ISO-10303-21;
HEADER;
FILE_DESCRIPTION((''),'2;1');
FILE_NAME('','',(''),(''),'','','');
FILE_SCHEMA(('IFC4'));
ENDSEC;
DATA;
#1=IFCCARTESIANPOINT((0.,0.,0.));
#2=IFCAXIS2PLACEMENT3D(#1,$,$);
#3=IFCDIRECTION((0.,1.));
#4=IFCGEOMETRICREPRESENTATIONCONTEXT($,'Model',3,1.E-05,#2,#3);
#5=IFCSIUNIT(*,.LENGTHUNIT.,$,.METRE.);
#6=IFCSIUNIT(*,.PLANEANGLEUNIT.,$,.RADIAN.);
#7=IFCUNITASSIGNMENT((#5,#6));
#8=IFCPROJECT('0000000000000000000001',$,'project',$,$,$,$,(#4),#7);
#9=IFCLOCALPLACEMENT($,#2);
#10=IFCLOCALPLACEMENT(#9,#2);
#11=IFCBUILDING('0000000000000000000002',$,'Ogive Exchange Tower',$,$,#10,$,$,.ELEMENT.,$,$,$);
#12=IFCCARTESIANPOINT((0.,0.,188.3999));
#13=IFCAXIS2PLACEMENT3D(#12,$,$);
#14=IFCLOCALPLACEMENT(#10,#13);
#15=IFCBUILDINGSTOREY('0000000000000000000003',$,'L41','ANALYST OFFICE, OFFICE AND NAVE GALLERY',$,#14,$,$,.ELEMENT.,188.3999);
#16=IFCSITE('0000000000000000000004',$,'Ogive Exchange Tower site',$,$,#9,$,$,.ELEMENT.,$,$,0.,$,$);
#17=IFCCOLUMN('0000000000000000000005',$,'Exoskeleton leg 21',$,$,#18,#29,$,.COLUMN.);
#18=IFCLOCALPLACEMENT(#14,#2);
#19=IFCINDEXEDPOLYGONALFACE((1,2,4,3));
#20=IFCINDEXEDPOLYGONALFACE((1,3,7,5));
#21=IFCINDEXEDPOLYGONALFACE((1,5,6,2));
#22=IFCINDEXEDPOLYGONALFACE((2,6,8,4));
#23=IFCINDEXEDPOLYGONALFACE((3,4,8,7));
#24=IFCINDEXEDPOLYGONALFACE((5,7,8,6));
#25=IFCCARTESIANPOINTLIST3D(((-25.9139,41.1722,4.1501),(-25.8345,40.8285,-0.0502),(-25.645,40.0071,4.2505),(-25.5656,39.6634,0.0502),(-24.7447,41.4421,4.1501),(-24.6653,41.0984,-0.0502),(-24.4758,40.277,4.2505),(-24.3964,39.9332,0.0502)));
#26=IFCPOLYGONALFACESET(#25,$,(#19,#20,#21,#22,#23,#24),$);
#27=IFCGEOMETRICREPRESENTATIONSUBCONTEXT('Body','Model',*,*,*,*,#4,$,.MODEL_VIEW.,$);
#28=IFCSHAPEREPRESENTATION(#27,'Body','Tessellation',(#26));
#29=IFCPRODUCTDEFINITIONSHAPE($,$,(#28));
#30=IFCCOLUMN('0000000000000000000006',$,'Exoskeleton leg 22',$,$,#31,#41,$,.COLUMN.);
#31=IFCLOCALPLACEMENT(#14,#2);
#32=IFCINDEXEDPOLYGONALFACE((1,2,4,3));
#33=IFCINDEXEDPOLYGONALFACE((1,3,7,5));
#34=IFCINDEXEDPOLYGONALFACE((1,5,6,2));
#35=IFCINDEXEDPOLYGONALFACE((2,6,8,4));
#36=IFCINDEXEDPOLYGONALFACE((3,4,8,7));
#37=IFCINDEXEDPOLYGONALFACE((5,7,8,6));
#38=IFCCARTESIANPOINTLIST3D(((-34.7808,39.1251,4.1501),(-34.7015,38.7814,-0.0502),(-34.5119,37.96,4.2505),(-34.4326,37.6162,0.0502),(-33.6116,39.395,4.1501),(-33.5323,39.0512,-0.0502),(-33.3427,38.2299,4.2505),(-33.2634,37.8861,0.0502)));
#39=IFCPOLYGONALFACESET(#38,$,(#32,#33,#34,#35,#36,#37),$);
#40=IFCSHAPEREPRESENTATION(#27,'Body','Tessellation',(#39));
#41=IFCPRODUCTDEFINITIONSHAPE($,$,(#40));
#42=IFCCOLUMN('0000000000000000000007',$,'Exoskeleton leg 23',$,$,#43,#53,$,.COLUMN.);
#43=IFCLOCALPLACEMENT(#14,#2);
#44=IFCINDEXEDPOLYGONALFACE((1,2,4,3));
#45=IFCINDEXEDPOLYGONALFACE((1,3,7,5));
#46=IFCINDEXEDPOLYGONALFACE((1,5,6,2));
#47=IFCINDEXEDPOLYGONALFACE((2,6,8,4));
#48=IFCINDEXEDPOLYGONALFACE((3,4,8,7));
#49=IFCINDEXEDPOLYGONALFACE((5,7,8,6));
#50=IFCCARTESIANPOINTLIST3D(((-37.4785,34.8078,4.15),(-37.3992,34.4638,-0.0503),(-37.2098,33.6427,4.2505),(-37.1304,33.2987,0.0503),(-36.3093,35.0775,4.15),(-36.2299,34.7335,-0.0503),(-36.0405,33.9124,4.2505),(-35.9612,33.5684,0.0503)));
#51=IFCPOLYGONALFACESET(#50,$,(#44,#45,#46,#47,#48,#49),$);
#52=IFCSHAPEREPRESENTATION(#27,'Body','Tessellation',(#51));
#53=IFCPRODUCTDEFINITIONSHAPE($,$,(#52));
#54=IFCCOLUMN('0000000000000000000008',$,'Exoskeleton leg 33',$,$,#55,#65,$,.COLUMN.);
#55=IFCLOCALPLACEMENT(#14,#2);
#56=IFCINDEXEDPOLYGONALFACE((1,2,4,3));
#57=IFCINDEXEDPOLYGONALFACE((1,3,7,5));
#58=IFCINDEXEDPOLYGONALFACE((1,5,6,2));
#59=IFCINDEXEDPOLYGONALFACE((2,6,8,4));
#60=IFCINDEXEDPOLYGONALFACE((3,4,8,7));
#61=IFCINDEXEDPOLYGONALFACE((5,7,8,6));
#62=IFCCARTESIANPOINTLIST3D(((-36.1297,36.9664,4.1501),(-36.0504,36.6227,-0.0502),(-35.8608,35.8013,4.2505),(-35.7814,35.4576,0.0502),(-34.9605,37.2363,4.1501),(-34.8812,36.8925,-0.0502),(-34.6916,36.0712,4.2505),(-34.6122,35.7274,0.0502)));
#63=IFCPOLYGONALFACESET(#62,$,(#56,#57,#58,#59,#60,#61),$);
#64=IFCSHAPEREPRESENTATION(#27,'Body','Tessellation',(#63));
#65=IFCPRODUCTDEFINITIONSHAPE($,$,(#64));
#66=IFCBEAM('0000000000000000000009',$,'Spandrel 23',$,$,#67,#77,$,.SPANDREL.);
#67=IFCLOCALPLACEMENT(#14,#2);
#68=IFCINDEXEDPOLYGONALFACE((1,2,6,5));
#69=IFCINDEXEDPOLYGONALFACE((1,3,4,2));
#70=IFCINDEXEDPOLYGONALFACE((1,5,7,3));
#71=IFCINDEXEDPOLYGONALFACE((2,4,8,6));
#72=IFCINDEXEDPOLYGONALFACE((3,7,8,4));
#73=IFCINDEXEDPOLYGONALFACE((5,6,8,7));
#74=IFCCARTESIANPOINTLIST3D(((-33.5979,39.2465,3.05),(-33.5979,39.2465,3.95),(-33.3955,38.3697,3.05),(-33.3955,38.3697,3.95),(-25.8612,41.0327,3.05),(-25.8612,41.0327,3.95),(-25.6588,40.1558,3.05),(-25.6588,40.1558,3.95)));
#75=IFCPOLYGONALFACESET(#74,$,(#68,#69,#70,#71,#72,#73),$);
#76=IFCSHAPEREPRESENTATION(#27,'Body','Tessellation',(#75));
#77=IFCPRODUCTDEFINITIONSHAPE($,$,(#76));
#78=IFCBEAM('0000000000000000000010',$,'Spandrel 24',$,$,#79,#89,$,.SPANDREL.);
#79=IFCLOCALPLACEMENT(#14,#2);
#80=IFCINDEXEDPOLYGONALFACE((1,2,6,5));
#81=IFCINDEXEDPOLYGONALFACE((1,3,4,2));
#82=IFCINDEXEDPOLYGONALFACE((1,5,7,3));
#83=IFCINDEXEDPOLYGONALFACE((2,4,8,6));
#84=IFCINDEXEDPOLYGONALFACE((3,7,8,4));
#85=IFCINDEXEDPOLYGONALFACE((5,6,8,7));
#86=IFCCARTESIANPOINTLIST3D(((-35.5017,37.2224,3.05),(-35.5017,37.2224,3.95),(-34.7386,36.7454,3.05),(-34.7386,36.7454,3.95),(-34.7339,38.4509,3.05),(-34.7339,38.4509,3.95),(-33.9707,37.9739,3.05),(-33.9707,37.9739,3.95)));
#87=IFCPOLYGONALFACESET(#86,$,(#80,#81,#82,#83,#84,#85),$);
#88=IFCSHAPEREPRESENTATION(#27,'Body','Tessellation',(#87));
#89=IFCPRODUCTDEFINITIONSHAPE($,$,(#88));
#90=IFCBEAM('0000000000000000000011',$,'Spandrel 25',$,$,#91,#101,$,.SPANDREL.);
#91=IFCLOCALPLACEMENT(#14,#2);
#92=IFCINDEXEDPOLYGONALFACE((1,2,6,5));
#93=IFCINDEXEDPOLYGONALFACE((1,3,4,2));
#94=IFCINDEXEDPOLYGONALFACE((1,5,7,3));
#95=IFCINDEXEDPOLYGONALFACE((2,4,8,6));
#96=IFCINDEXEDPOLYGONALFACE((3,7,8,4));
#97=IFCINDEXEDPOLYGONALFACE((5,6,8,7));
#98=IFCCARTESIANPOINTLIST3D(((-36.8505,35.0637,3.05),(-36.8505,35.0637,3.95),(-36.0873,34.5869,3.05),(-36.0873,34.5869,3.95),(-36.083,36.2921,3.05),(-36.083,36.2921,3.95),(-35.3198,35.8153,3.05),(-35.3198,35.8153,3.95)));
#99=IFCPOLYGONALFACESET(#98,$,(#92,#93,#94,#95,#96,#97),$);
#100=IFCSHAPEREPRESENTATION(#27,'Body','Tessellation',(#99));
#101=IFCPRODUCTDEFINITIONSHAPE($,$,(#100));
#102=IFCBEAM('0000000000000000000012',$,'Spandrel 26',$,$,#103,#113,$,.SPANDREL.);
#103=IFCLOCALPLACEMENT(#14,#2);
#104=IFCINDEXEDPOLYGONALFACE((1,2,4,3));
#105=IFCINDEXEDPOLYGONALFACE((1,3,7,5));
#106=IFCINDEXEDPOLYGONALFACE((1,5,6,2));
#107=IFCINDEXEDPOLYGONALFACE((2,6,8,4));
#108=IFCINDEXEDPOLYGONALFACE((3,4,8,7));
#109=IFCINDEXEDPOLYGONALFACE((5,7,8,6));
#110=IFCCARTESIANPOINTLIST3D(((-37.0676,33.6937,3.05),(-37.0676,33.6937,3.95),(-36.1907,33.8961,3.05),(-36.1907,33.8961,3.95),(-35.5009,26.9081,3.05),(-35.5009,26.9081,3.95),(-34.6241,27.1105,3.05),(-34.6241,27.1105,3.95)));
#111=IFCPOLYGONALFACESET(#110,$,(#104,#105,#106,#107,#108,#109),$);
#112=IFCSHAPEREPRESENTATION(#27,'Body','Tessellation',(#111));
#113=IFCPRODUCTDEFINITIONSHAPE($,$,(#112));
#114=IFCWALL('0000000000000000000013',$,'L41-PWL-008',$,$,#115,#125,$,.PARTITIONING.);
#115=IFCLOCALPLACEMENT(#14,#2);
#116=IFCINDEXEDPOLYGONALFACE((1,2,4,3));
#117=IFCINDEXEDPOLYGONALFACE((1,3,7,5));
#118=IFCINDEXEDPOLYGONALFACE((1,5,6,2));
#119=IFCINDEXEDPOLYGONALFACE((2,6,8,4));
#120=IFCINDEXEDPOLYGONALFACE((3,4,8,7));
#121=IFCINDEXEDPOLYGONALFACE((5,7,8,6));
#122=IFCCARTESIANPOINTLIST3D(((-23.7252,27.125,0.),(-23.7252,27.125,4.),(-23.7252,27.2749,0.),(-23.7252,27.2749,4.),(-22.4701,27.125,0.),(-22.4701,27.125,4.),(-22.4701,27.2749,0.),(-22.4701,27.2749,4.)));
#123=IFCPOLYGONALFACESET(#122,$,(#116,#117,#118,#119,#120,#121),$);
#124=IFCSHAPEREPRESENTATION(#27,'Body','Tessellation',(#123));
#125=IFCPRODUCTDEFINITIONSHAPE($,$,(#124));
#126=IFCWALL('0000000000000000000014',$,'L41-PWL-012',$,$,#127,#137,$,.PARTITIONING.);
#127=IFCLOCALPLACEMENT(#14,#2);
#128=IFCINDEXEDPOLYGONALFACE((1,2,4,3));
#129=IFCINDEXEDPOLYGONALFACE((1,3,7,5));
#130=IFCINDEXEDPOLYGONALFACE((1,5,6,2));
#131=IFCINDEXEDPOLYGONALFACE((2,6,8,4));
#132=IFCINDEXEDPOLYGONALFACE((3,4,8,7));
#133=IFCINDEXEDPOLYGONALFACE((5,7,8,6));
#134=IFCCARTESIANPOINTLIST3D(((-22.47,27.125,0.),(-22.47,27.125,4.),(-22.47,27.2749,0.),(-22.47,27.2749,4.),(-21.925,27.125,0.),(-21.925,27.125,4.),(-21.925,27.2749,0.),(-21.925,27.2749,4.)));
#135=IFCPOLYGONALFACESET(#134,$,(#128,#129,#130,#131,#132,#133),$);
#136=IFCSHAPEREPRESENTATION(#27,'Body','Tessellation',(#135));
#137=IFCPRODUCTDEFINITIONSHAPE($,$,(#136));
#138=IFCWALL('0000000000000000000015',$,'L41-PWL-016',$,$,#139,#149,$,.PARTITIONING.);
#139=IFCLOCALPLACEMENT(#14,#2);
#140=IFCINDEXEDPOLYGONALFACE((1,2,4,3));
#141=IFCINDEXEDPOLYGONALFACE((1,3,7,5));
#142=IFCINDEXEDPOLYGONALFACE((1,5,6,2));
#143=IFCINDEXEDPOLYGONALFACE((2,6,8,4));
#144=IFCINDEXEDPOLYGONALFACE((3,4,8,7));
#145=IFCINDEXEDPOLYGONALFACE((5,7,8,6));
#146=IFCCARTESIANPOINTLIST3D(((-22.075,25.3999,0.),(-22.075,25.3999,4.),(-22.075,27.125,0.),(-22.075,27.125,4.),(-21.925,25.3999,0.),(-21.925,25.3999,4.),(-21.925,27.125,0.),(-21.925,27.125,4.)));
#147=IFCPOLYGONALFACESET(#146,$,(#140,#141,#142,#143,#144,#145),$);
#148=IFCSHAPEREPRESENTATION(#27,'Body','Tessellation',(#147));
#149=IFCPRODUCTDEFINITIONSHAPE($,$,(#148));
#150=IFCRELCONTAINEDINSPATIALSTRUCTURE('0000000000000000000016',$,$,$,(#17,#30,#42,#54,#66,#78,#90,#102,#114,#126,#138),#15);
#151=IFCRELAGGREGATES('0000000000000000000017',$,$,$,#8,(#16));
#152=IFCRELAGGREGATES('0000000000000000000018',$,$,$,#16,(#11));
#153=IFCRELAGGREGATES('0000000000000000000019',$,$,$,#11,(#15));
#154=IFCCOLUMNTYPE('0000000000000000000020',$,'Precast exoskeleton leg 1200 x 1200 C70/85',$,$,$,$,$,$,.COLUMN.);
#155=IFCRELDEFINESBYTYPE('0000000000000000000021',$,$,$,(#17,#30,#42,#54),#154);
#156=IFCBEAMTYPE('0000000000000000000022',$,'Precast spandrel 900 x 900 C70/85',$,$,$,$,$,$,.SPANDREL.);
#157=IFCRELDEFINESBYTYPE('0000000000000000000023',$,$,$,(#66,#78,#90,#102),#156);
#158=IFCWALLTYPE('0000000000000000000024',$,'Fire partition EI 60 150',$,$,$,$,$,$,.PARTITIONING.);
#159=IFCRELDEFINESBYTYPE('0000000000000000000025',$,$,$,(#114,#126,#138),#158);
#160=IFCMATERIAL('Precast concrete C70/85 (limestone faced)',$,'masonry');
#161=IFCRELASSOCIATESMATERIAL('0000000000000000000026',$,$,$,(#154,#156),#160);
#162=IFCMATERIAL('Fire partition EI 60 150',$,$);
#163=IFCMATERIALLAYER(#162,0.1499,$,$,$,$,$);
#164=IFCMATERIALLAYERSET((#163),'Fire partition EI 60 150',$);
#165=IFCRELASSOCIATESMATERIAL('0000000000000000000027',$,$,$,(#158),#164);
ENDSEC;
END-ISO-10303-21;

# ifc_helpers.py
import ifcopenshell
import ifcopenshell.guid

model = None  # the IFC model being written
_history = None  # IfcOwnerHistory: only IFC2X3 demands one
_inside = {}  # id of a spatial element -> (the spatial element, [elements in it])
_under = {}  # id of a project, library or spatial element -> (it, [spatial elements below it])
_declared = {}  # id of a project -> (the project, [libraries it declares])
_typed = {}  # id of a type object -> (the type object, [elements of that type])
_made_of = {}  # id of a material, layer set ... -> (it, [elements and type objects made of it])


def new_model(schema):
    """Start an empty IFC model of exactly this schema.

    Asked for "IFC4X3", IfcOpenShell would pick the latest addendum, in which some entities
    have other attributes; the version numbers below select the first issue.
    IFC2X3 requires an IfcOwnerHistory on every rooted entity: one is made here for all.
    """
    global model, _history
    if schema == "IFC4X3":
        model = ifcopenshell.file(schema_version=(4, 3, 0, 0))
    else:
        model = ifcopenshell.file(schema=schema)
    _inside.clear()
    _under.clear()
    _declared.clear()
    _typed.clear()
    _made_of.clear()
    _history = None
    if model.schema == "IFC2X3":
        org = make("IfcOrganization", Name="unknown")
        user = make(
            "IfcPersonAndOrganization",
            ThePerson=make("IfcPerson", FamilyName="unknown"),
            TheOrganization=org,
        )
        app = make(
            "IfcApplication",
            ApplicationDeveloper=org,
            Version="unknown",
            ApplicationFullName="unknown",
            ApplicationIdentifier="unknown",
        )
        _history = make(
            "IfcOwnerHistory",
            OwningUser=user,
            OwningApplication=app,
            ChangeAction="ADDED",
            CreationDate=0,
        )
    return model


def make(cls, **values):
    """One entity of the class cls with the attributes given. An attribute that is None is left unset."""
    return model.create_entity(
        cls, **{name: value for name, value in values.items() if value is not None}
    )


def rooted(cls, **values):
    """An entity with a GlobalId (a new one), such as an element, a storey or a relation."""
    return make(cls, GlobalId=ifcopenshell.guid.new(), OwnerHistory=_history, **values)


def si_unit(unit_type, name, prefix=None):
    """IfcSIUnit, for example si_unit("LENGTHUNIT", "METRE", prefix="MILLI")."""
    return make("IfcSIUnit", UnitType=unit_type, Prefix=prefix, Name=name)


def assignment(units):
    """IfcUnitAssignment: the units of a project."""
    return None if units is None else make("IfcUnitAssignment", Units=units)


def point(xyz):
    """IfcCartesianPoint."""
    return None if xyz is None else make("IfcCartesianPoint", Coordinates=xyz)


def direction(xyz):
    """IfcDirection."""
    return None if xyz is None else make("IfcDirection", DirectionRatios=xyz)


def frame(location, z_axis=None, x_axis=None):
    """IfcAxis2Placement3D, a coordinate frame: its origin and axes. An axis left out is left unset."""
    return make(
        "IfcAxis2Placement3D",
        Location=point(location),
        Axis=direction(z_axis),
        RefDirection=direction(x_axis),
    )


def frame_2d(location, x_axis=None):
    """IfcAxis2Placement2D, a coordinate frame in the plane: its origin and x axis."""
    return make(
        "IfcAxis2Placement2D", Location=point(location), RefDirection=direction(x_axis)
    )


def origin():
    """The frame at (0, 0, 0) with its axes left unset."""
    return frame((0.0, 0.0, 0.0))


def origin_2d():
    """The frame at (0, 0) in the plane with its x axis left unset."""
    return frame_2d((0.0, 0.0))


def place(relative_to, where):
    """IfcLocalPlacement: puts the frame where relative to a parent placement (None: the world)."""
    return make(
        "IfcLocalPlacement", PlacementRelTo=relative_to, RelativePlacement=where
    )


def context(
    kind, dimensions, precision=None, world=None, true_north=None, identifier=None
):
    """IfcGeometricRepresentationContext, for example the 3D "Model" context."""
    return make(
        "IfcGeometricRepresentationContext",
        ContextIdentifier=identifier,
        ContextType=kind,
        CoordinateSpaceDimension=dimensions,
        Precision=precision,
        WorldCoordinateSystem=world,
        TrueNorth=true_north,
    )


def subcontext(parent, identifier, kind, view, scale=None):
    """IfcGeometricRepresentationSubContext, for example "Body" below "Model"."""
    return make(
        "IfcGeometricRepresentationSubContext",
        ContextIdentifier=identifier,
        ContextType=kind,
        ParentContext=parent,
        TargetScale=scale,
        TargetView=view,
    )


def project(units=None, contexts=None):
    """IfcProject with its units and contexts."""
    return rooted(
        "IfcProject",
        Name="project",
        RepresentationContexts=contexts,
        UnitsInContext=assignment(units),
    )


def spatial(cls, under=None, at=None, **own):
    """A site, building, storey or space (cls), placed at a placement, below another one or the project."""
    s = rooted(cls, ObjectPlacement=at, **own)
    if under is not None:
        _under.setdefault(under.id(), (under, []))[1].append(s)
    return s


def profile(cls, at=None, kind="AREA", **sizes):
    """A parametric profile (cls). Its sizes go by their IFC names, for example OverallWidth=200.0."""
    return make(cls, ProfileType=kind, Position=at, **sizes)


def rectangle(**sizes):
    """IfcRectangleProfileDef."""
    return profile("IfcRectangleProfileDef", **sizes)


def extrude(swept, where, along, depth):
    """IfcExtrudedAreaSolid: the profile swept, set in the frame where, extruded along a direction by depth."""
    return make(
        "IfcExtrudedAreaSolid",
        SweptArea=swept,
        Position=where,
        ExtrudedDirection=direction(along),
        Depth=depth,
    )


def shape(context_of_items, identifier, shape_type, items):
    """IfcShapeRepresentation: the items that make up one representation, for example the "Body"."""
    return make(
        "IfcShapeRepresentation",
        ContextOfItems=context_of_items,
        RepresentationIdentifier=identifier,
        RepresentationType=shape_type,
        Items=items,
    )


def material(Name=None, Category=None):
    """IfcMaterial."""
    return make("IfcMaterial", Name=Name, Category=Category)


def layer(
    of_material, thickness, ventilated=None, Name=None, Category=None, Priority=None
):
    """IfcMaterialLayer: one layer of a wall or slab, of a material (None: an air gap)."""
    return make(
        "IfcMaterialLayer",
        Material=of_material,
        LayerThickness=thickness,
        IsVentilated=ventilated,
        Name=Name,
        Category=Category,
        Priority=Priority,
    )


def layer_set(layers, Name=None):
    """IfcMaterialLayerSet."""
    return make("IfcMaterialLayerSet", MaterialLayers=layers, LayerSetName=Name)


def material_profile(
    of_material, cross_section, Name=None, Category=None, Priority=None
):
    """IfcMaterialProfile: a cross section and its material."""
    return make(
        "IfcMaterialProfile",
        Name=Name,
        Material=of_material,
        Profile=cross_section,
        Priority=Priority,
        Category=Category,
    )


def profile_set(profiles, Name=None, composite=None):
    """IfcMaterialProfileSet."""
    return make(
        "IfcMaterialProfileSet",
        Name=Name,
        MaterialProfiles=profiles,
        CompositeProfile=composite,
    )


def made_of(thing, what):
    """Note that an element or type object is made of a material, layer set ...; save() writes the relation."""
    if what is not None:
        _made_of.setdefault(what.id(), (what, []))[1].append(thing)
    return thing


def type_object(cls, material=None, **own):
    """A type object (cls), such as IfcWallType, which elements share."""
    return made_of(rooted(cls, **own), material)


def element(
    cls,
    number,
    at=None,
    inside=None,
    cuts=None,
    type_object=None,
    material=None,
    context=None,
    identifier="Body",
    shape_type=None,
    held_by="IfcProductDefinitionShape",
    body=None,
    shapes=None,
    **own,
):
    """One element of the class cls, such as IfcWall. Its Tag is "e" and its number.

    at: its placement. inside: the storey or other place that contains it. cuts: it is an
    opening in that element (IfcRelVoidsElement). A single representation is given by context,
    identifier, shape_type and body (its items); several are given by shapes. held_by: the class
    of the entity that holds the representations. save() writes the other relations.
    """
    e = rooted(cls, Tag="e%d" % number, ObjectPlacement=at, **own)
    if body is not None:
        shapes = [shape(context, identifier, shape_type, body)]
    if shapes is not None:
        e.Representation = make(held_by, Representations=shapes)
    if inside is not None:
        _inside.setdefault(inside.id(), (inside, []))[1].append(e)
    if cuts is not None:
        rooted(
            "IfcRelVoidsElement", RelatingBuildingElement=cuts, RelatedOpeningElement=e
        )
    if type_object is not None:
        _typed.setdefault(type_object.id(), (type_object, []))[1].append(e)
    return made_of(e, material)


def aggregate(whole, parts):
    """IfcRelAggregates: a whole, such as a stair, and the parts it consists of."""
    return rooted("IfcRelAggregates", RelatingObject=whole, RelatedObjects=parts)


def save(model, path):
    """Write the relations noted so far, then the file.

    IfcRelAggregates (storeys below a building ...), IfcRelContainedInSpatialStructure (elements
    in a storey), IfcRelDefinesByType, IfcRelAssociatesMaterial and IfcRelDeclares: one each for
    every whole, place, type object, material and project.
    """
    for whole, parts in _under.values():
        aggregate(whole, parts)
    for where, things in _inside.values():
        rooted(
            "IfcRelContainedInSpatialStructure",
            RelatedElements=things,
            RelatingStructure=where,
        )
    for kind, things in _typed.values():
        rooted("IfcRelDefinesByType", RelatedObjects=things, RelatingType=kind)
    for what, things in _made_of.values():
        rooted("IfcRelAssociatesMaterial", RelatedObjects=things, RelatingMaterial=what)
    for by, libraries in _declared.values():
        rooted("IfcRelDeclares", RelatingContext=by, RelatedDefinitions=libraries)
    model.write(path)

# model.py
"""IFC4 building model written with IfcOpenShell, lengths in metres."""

from ifc_helpers import new_model, si_unit, direction, frame, frame_2d, origin, origin_2d, place, context, subcontext, project, spatial, rectangle, extrude, material, layer, layer_set, material_profile, profile_set, type_object, element, save


model = new_model("IFC4")

# Units and contexts
model_context = context("Model", 3, precision=1e-05, world=origin(), true_north=direction((0.0, 1.0)))
body_context = subcontext(model_context, "Body", "Model", "MODEL_VIEW")
ifc_project = project(units=[si_unit("LENGTHUNIT", "METRE"), si_unit("PLANEANGLEUNIT", "RADIAN")], contexts=[model_context])

# Site, building, storey
site_placement = place(None, origin())
site = spatial("IfcSite", under=ifc_project, at=site_placement, Name="Ogive Exchange Tower site", CompositionType="ELEMENT", RefElevation=0.0)
building_placement = place(site_placement, origin())
building = spatial("IfcBuilding", under=site, at=building_placement, Name="Ogive Exchange Tower", CompositionType="ELEMENT")
storey_placement = place(building_placement, frame((0.0, 0.0, 188.3999)))
storey = spatial("IfcBuildingStorey", under=building, at=storey_placement, Name="L41", Description="ANALYST OFFICE, OFFICE AND NAVE GALLERY", CompositionType="ELEMENT", Elevation=188.3999)

# Columns
ifc_material_1 = material(Name="Precast concrete C70/85 (limestone faced)", Category="masonry")
ifc_material_profile_1 = material_profile(ifc_material_1, rectangle(XDim=1.2, YDim=1.2, at=origin_2d()), Name="1200 x 1200")
ifc_profile_set_1 = profile_set([ifc_material_profile_1], Name="Precast concrete C70/85 (limestone faced)")
column_type = type_object("IfcColumnType", Name="Precast exoskeleton leg 1200 x 1200 C70/85", PredefinedType="COLUMN", material=ifc_profile_set_1)
for number, where, z_axis, x_axis, name in (
    (1, (-25.1155, 40.3809, 0.0), (-0.018825, 0.081554, 0.996491), (-0.97438, -0.22491, 0.0), "Exoskeleton leg 21"),
    (2, (-33.9824, 38.3337, 0.0), (-0.018825, 0.081554, 0.996491), (-0.97438, -0.22491, 0.0), "Exoskeleton leg 22"),
    (3, (-36.6802, 34.0161, 0.0), (-0.018825, 0.081612, 0.996486), (-0.974415, -0.224758, 0.0), "Exoskeleton leg 23"),
    (4, (-35.3313, 36.175, 0.0), (-0.018825, 0.081554, 0.996491), (-0.97438, -0.22491, 0.0), "Exoskeleton leg 33"),
):
    element("IfcColumn", number, at=place(storey_placement, frame(where, z_axis=z_axis, x_axis=x_axis)), inside=storey, type_object=column_type, Name=name, PredefinedType="COLUMN", context=body_context, shape_type="SweptSolid", body=[
        extrude(rectangle(XDim=1.2, YDim=1.2, at=origin_2d()), origin(), (0.0, 0.0, 1.0), 4.2151),
    ])

# Beams
ifc_material_profile_2 = material_profile(ifc_material_1, rectangle(XDim=0.8999, YDim=0.8999, at=origin_2d()), Name="900 x 900")
ifc_profile_set_2 = profile_set([ifc_material_profile_2], Name="Precast concrete C70/85 (limestone faced)")
beam_type = type_object("IfcBeamType", Name="Precast spandrel 900 x 900 C70/85", PredefinedType="SPANDREL", material=ifc_profile_set_2)
beam_1_placement = place(storey_placement, frame((-25.76, 40.5942, 3.5), z_axis=(-0.97437, -0.224952, 0.0), x_axis=(0.224952, -0.97437, 0.0)))
element("IfcBeam", 5, at=beam_1_placement, inside=storey, type_object=beam_type, Name="Spandrel 23", PredefinedType="SPANDREL", context=body_context, shape_type="SweptSolid", body=[
    extrude(rectangle(XDim=0.8999, YDim=0.8999, at=origin_2d()), origin(), (0.0, 0.0, 1.0), 7.9402),
])
beam_2_placement = place(storey_placement, frame((-34.3523, 38.2124, 3.5), z_axis=(-0.529999, -0.847998, 0.0), x_axis=(0.847998, -0.529999, 0.0)))
element("IfcBeam", 6, at=beam_2_placement, inside=storey, type_object=beam_type, Name="Spandrel 24", PredefinedType="SPANDREL", context=body_context, shape_type="SweptSolid", body=[
    extrude(rectangle(XDim=0.8999, YDim=0.8999, at=origin_2d()), origin(), (0.0, 0.0, 1.0), 1.4487),
])
beam_3_placement = place(storey_placement, frame((-35.7014, 36.0537, 3.5), z_axis=(-0.529878, -0.848074, 0.0), x_axis=(0.848074, -0.529878, 0.0)))
element("IfcBeam", 7, at=beam_3_placement, inside=storey, type_object=beam_type, Name="Spandrel 25", PredefinedType="SPANDREL", context=body_context, shape_type="SweptSolid", body=[
    extrude(rectangle(XDim=0.8999, YDim=0.8999, at=origin_2d()), origin(), (0.0, 0.0, 1.0), 1.4485),
])
beam_4_placement = place(storey_placement, frame((-36.6292, 33.7949, 3.5), z_axis=(0.224959, -0.974368, 0.0), x_axis=(0.974368, 0.224959, 0.0)))
element("IfcBeam", 8, at=beam_4_placement, inside=storey, type_object=beam_type, Name="Spandrel 26", PredefinedType="SPANDREL", context=body_context, shape_type="SweptSolid", body=[
    extrude(rectangle(XDim=0.8999, YDim=0.8999, at=origin_2d()), origin(), (0.0, 0.0, 1.0), 6.9641),
])

# Walls
ifc_material_2 = material(Name="Fire partition EI 60 150")
ifc_layer_1 = layer(ifc_material_2, 0.1499)
ifc_layer_set_1 = layer_set([ifc_layer_1], Name="Fire partition EI 60 150")
wall_type_1 = type_object("IfcWallType", Name="Fire partition EI 60 150", PredefinedType="PARTITIONING", material=ifc_layer_set_1)
wall_1_placement = place(storey_placement, frame((-23.7251, 27.2, 0.0), z_axis=(0.0, 0.0, 1.0), x_axis=(1.0, 0.0, 0.0)))
element("IfcWall", 9, at=wall_1_placement, inside=storey, type_object=wall_type_1, Name="L41-PWL-008", PredefinedType="PARTITIONING", context=body_context, shape_type="SweptSolid", body=[
    extrude(rectangle(XDim=1.2551, YDim=0.1499, at=frame_2d((0.6274, 0.0))), origin(), (0.0, 0.0, 1.0), 4.0),
])
wall_2_placement = place(storey_placement, frame((-22.47, 27.2, 0.0), z_axis=(0.0, 0.0, 1.0), x_axis=(1.0, 0.0, 0.0)))
element("IfcWall", 10, at=wall_2_placement, inside=storey, type_object=wall_type_1, Name="L41-PWL-012", PredefinedType="PARTITIONING", context=body_context, shape_type="SweptSolid", body=[
    extrude(rectangle(XDim=0.5449, YDim=0.1499, at=frame_2d((0.2725, 0.0))), origin(), (0.0, 0.0, 1.0), 4.0),
])
wall_3_placement = place(storey_placement, frame((-22.0, 27.125, 0.0), z_axis=(0.0, 0.0, 1.0), x_axis=(0.0, -1.0, 0.0)))
element("IfcWall", 11, at=wall_3_placement, inside=storey, type_object=wall_type_1, Name="L41-PWL-016", PredefinedType="PARTITIONING", context=body_context, shape_type="SweptSolid", body=[
    extrude(rectangle(XDim=1.7251, YDim=0.1499, at=frame_2d((0.8625, 0.0))), origin(), (0.0, 0.0, 1.0), 4.0),
])

save(model, "model.ifc")
